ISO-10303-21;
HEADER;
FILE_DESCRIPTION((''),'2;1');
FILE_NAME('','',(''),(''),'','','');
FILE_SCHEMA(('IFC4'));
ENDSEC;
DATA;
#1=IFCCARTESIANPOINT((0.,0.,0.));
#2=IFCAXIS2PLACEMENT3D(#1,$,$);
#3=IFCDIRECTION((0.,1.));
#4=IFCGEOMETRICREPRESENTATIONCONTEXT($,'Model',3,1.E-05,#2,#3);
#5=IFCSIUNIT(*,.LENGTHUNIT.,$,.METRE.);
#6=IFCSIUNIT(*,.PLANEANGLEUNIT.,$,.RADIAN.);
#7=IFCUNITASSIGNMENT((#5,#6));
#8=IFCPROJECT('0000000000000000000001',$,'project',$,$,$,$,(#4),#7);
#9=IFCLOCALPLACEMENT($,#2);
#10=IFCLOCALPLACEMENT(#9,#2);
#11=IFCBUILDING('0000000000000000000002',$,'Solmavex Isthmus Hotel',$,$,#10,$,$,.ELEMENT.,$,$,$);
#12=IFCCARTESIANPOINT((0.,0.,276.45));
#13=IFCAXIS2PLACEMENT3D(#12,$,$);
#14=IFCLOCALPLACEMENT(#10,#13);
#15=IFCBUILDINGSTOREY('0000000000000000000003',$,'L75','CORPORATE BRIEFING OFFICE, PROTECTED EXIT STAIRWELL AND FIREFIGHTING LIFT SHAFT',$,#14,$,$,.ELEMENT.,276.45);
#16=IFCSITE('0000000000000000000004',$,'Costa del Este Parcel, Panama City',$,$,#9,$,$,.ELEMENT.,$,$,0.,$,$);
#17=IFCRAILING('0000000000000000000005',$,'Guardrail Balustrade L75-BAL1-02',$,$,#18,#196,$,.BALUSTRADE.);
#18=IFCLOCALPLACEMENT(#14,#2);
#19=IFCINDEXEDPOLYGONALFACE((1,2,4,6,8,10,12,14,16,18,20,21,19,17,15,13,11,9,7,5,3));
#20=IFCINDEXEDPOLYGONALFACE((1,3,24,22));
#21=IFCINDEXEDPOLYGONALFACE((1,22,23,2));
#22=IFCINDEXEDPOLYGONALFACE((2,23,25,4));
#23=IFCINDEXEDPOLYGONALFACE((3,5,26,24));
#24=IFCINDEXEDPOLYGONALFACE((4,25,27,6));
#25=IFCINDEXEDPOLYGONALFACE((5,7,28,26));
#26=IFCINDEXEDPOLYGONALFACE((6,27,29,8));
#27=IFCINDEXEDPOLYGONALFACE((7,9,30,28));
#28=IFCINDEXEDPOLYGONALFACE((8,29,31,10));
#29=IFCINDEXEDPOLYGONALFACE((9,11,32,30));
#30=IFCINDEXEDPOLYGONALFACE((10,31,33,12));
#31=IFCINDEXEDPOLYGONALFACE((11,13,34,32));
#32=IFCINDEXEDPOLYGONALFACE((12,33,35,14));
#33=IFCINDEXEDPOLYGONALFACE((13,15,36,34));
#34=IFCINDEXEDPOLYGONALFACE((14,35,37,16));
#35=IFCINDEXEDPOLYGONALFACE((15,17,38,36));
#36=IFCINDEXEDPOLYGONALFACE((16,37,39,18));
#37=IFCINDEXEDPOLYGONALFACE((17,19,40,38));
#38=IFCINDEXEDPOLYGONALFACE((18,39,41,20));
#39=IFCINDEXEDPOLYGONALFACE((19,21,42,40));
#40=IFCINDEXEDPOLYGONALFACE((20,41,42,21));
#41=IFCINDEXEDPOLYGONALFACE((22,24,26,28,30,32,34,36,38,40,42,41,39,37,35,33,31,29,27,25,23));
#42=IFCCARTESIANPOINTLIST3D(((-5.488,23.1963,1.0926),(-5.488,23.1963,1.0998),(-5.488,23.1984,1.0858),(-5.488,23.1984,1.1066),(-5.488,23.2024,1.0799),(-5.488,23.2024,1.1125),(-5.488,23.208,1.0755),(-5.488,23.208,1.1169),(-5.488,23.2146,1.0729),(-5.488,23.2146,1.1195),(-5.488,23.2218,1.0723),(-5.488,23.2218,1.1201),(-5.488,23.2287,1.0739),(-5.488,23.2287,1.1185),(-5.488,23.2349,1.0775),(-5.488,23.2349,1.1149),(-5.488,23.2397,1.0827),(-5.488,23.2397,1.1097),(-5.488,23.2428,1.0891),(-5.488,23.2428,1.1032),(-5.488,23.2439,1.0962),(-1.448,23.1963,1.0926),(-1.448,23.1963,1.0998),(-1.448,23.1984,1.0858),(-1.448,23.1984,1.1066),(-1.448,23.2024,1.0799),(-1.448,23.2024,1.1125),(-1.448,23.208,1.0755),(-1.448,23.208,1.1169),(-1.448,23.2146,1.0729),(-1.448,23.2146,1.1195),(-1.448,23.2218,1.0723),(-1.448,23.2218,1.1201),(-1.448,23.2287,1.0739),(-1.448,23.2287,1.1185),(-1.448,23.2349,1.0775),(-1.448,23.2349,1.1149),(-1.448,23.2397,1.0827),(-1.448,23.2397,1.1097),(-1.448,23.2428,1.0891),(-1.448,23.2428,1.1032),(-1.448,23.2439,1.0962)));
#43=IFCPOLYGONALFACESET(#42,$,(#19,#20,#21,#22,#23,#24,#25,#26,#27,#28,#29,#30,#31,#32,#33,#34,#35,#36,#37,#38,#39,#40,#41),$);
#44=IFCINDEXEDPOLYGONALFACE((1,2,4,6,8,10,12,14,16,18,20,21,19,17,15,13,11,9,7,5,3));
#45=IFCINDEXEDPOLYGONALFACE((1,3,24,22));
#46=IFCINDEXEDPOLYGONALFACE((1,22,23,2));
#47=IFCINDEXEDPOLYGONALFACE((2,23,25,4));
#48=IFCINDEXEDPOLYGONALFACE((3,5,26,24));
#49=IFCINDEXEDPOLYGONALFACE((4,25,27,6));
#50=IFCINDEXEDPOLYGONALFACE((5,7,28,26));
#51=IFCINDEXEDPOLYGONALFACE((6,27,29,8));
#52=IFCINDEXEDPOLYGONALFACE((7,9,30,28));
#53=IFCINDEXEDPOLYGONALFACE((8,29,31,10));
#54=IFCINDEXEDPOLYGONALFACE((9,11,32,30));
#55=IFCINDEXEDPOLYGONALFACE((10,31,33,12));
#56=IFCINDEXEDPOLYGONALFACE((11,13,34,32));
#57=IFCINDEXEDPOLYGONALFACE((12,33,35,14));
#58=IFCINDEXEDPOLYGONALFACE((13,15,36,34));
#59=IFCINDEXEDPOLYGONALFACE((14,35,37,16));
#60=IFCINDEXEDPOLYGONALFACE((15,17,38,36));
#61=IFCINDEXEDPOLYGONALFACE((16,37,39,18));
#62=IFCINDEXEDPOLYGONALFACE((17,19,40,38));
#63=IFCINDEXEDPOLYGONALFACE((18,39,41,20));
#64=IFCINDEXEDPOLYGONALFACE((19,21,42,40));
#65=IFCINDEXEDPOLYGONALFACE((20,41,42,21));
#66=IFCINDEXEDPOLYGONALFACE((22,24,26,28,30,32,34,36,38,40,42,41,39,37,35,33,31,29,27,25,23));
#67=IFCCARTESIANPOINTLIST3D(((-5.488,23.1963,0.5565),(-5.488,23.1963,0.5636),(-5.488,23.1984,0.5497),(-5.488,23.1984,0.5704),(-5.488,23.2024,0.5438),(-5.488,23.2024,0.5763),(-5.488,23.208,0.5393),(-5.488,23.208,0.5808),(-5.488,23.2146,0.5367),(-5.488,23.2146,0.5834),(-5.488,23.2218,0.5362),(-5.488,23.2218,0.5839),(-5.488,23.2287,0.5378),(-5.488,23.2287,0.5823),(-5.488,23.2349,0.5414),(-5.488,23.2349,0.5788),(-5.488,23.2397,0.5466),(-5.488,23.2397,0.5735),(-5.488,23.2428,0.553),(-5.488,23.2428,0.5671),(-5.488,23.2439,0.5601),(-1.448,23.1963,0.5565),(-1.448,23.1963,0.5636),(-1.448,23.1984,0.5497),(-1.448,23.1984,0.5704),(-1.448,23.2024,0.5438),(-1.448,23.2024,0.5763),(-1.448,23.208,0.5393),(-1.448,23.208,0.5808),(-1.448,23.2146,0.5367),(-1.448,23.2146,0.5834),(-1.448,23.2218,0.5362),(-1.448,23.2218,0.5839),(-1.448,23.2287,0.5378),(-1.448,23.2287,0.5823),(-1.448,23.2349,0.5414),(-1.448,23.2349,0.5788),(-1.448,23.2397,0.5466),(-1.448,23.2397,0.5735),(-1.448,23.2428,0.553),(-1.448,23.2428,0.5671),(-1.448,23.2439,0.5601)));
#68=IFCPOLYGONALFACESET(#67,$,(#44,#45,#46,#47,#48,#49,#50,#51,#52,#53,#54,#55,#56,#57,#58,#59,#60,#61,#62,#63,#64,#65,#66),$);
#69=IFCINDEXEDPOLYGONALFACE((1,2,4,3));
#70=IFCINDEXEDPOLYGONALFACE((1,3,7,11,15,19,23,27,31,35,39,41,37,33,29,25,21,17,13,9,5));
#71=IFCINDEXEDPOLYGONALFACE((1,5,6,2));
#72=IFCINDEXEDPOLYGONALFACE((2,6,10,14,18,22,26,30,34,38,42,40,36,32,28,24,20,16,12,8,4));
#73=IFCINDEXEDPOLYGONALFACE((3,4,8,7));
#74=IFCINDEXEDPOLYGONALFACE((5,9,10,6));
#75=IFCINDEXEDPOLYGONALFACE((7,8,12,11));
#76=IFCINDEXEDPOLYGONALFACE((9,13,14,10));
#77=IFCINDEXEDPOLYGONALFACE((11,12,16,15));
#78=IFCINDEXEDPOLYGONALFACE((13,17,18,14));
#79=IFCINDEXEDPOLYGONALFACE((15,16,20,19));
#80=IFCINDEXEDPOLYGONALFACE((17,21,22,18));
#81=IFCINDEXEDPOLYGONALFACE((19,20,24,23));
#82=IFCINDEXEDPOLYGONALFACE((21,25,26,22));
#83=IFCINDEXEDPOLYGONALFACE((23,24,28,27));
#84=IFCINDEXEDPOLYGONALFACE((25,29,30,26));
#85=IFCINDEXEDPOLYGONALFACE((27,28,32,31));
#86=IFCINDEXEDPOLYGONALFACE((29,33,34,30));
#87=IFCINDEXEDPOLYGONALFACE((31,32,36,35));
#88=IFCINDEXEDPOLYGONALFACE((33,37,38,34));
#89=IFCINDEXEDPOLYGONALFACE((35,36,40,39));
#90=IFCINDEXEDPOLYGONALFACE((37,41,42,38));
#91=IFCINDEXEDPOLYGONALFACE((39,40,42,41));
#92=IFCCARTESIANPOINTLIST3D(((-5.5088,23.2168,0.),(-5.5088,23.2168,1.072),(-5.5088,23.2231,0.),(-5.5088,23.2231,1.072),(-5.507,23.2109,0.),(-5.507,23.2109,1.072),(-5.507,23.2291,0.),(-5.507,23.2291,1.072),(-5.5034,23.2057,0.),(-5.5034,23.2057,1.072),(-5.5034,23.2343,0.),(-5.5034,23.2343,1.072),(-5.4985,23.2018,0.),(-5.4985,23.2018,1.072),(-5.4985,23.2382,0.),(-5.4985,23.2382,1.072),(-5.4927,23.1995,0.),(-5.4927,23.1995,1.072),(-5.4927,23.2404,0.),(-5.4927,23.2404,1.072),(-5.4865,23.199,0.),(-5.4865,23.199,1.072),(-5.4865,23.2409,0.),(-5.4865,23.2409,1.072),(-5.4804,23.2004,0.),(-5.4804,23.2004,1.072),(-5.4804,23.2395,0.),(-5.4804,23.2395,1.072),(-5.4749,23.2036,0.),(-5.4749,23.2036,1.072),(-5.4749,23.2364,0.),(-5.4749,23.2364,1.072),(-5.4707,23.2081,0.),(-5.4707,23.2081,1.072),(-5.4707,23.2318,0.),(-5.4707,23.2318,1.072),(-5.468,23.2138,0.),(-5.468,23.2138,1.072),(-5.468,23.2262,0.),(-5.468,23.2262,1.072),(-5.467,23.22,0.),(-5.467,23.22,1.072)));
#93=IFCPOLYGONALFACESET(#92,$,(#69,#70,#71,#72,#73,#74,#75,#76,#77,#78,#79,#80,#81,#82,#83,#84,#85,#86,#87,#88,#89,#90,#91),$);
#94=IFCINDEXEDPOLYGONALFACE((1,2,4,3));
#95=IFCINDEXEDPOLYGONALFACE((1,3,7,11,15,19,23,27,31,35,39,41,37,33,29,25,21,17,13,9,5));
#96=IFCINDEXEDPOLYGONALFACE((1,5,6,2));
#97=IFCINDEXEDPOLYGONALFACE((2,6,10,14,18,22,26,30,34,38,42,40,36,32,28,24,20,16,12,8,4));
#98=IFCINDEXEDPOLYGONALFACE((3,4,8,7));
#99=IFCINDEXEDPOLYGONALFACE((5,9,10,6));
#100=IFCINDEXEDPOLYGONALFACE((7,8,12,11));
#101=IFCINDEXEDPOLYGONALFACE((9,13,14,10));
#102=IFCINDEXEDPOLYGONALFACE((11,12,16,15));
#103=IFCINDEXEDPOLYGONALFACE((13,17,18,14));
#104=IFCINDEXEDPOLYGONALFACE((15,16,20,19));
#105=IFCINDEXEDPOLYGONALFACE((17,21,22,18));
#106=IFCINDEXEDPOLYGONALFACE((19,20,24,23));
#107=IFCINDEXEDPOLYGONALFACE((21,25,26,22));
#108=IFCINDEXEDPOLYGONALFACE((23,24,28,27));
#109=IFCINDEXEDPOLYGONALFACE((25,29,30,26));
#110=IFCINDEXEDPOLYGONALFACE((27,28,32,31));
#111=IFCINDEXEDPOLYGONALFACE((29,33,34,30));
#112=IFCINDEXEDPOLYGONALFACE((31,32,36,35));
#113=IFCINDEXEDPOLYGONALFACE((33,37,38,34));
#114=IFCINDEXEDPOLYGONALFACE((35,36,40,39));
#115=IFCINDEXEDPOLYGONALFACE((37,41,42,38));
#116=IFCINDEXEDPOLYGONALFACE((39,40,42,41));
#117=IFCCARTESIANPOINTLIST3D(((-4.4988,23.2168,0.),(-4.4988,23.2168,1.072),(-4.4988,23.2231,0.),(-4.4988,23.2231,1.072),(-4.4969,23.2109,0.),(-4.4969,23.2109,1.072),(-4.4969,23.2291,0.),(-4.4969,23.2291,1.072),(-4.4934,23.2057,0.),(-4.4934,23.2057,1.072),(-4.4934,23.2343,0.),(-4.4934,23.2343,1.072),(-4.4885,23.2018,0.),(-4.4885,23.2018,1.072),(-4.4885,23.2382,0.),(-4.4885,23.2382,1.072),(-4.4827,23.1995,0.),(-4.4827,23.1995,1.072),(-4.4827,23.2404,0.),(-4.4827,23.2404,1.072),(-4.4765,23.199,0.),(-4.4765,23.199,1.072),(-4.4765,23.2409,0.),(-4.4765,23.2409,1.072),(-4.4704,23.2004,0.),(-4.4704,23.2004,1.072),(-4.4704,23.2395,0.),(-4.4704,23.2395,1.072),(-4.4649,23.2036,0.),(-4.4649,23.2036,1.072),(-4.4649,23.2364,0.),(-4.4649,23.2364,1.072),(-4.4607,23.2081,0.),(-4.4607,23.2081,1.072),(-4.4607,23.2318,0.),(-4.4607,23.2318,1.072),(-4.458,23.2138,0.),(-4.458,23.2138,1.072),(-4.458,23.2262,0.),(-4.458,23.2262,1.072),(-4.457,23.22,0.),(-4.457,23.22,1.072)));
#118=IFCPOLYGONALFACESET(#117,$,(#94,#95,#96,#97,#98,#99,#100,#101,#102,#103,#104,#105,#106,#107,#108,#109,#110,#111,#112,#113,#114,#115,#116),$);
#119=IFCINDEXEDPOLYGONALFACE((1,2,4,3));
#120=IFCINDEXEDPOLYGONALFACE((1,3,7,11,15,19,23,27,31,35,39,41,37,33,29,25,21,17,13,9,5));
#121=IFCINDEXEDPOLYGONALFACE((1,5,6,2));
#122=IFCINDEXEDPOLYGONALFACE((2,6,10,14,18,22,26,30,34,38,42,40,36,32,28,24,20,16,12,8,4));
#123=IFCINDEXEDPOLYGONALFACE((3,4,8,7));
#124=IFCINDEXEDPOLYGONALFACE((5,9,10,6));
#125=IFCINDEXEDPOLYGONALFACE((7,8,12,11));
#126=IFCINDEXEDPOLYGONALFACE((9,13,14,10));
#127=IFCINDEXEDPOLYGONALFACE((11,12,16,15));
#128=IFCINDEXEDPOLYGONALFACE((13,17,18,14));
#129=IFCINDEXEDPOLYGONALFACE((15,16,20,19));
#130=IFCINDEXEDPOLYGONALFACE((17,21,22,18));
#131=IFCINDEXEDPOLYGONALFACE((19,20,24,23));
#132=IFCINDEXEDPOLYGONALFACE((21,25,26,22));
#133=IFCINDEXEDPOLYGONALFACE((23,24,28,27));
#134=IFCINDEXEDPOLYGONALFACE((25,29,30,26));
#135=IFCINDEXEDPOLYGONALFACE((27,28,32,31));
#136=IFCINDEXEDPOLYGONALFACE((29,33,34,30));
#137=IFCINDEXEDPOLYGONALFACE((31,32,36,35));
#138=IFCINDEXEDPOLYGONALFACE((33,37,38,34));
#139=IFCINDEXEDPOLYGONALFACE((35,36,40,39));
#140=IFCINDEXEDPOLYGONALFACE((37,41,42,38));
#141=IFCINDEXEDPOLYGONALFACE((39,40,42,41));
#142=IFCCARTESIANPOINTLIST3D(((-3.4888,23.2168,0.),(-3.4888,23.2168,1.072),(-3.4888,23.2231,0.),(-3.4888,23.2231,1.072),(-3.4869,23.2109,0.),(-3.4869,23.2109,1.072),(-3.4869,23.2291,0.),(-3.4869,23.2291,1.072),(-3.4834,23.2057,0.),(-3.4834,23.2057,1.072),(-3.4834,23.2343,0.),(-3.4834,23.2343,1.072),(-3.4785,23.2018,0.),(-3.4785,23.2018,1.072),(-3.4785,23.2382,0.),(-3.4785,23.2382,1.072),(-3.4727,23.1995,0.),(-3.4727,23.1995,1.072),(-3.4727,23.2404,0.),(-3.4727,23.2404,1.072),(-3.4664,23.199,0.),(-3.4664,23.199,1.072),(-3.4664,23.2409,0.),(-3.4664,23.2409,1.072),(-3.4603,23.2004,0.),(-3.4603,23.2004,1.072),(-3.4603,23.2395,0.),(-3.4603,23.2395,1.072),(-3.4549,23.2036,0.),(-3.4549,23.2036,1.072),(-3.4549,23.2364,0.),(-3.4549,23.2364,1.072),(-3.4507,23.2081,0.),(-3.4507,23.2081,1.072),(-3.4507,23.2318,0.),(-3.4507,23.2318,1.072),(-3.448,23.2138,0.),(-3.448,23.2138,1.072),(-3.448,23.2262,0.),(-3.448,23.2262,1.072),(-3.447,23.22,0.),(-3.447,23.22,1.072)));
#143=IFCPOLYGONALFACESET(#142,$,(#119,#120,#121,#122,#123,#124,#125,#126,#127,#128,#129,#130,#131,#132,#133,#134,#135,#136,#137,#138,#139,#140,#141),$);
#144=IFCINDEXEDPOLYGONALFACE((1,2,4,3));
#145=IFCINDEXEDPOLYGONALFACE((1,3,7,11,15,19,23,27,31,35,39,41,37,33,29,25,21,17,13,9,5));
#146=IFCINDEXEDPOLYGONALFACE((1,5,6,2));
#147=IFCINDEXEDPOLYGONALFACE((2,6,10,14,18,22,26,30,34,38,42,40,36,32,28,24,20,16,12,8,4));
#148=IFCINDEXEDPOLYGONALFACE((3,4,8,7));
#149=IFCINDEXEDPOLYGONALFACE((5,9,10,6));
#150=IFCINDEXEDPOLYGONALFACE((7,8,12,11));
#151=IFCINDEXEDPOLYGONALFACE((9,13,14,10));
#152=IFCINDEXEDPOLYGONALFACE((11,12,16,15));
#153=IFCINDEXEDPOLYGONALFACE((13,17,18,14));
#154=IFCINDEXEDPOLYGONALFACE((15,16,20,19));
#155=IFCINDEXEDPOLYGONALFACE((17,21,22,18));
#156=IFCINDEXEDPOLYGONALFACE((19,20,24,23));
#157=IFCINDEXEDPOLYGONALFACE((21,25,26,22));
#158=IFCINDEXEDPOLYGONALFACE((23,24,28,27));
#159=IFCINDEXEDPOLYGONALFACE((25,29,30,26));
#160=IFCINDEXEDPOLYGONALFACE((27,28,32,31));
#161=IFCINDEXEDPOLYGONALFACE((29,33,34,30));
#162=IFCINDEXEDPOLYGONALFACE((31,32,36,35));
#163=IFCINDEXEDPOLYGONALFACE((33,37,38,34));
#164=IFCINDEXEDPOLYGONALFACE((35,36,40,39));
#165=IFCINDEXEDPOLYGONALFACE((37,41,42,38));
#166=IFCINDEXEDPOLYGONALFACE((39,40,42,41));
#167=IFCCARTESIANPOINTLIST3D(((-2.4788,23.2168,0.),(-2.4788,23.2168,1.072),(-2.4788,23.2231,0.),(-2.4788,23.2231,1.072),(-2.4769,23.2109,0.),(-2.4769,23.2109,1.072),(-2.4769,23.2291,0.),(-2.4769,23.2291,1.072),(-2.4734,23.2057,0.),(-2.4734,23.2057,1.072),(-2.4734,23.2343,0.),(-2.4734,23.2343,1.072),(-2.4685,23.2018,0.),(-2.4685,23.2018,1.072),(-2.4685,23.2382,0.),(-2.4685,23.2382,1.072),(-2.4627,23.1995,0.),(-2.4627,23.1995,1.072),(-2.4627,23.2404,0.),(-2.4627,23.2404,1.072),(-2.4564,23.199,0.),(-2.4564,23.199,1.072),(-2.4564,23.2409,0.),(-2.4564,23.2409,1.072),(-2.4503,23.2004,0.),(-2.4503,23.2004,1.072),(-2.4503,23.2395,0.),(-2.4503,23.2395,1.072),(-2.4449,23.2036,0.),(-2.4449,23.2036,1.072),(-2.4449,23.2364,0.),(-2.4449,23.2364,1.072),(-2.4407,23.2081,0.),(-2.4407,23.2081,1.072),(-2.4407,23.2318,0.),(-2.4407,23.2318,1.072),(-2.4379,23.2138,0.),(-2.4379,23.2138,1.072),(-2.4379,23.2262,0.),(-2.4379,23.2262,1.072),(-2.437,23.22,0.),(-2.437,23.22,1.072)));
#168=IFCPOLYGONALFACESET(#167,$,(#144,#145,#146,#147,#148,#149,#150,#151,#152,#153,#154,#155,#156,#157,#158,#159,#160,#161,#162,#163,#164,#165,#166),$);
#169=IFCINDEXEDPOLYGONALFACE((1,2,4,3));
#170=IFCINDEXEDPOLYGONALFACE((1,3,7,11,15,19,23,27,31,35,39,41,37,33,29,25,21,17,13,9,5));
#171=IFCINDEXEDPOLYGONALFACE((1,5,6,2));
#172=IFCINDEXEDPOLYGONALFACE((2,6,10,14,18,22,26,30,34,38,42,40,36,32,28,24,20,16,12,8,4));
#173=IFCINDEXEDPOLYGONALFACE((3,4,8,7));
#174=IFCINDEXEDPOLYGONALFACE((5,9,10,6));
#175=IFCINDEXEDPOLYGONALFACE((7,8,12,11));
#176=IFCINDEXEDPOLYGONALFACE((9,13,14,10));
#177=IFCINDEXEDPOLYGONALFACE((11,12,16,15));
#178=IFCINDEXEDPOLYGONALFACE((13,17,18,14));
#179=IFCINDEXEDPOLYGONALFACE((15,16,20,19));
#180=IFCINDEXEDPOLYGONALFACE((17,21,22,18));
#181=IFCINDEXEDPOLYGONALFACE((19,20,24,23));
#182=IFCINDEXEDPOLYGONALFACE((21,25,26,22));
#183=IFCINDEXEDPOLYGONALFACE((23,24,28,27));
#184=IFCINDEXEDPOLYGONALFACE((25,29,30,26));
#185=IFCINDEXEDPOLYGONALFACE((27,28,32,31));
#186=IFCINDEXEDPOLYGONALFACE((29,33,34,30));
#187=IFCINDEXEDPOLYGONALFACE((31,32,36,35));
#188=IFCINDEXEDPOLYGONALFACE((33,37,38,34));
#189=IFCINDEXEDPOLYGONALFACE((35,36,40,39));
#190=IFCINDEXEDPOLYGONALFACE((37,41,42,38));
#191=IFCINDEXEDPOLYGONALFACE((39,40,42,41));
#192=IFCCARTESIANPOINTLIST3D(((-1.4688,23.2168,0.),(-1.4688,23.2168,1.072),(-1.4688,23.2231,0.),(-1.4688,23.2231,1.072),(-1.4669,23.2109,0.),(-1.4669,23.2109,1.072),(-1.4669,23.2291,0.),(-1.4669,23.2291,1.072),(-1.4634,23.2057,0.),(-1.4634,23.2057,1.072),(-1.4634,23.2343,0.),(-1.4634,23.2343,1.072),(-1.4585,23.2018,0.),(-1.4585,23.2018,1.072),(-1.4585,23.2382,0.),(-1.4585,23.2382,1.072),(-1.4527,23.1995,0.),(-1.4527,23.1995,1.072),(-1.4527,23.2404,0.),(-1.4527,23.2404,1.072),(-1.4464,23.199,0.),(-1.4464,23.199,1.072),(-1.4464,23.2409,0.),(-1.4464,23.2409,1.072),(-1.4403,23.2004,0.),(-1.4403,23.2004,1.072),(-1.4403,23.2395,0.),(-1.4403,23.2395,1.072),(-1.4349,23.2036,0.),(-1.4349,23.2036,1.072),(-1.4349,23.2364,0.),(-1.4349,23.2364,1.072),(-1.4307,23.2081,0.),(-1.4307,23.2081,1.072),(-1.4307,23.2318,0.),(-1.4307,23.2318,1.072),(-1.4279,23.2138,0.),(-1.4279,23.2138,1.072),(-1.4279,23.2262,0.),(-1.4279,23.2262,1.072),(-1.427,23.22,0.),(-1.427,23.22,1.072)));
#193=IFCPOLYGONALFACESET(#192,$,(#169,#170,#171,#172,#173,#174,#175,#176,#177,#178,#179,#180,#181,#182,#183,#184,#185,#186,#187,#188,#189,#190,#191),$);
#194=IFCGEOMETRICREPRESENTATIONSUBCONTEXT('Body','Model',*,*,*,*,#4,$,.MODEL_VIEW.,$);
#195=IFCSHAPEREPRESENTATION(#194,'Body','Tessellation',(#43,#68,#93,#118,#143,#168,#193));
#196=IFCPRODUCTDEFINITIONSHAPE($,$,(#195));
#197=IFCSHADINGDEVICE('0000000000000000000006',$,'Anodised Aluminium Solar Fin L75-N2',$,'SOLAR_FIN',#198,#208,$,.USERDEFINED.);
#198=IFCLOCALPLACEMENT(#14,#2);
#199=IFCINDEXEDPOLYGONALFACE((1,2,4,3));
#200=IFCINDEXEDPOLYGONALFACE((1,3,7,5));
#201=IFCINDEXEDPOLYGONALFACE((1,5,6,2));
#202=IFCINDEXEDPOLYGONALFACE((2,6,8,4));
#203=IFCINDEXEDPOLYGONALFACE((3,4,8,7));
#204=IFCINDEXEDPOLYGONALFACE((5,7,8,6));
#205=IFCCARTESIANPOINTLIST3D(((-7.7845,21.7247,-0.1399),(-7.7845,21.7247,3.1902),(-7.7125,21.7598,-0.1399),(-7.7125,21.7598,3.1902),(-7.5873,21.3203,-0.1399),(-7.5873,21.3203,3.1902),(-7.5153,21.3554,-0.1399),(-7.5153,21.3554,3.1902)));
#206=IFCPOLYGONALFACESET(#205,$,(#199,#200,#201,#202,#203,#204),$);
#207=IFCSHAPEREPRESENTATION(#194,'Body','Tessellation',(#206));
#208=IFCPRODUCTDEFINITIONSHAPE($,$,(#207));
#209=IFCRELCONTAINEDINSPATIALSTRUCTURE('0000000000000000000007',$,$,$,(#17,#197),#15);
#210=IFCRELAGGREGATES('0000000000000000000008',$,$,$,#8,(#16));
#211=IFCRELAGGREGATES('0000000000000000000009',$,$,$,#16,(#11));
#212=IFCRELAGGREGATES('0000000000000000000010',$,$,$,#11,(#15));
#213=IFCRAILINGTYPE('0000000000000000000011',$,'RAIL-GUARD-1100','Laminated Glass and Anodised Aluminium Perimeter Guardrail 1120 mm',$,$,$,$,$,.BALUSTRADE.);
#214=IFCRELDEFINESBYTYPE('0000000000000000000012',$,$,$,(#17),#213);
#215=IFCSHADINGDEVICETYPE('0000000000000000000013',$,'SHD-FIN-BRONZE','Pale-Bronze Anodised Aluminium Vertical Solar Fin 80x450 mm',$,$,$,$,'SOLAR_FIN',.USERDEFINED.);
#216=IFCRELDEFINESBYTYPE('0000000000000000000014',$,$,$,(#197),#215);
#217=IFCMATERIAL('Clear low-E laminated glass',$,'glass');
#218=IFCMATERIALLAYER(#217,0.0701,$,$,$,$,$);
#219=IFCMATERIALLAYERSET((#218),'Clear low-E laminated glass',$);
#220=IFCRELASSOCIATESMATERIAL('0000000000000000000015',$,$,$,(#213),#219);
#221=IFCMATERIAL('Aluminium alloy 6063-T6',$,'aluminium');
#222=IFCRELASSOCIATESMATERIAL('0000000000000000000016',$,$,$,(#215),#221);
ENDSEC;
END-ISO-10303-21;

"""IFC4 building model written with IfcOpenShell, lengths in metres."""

from ifc_helpers import new_model, si_unit, direction, frame, origin, origin_2d, place, context, subcontext, project, spatial, rectangle, circle, extrude, material, layer, layer_set, type_object, element, save


model = new_model("IFC4")

# Units and contexts
model_context = context("Model", 3, precision=1e-05, world=origin(), true_north=direction((0.0, 1.0)))
body_context = subcontext(model_context, "Body", "Model", "MODEL_VIEW")
ifc_project = project(units=[si_unit("LENGTHUNIT", "METRE"), si_unit("PLANEANGLEUNIT", "RADIAN")], contexts=[model_context])

# Site, building, storey
site_placement = place(None, origin())
site = spatial("IfcSite", under=ifc_project, at=site_placement, Name="Costa del Este Parcel, Panama City", CompositionType="ELEMENT", RefElevation=0.0)
building_placement = place(site_placement, origin())
building = spatial("IfcBuilding", under=site, at=building_placement, Name="Solmavex Isthmus Hotel", CompositionType="ELEMENT")
storey_placement = place(building_placement, frame((0.0, 0.0, 276.45)))
storey = spatial("IfcBuildingStorey", under=building, at=storey_placement, Name="L75", Description="CORPORATE BRIEFING OFFICE, PROTECTED EXIT STAIRWELL AND FIREFIGHTING LIFT SHAFT", CompositionType="ELEMENT", Elevation=276.45)

# Shared definitions
ifc_material_1 = material(Name="Aluminium alloy 6063-T6", Category="aluminium")

# Shared definitions
ifc_material_2 = material(Name="Clear low-E laminated glass", Category="glass")

# Railing
ifc_layer_1 = layer(ifc_material_2, 0.0701)
ifc_layer_set_1 = layer_set([ifc_layer_1], Name="Clear low-E laminated glass")
railing_type = type_object("IfcRailingType", Name="RAIL-GUARD-1100", Description="Laminated Glass and Anodised Aluminium Perimeter Guardrail 1120 mm", PredefinedType="BALUSTRADE", material=ifc_layer_set_1)
railing_1_placement = place(storey_placement, frame((-5.488, 23.22, 0.0)))
element("IfcRailing", 1, at=railing_1_placement, inside=storey, type_object=railing_type, Name="Guardrail Balustrade L75-BAL1-02", PredefinedType="BALUSTRADE", context=body_context, shape_type="SweptSolid", body=[
    extrude(circle(Radius=0.0239, at=origin_2d()), frame((0.0, 0.0, 1.0962), z_axis=(1.0, 0.0, 0.0), x_axis=(0.0, 1.0, 0.0)), (0.0, 0.0, 1.0), 4.04),
    extrude(circle(Radius=0.0239, at=origin_2d()), frame((0.0, 0.0, 0.5601), z_axis=(1.0, 0.0, 0.0), x_axis=(0.0, 1.0, 0.0)), (0.0, 0.0, 1.0), 4.04),
    extrude(circle(Radius=0.021, at=origin_2d()), origin(), (0.0, 0.0, 1.0), 1.072),
    extrude(circle(Radius=0.021, at=origin_2d()), frame((1.01, 0.0, 0.0)), (0.0, 0.0, 1.0), 1.072),
    extrude(circle(Radius=0.021, at=origin_2d()), frame((2.02, 0.0, 0.0)), (0.0, 0.0, 1.0), 1.072),
    extrude(circle(Radius=0.021, at=origin_2d()), frame((3.03, 0.0, 0.0)), (0.0, 0.0, 1.0), 1.072),
    extrude(circle(Radius=0.021, at=origin_2d()), frame((4.04, 0.0, 0.0)), (0.0, 0.0, 1.0), 1.072),
])

# Shading device
shading_device_type = type_object("IfcShadingDeviceType", Name="SHD-FIN-BRONZE", Description="Pale-Bronze Anodised Aluminium Vertical Solar Fin 80x450 mm", ElementType="SOLAR_FIN", PredefinedType="USERDEFINED", material=ifc_material_1)
shading_device_placement = place(storey_placement, frame((-7.6499, 21.54, -0.1399), z_axis=(0.0, 0.0, 1.0), x_axis=(-0.438371, 0.898794, 0.0)))
element("IfcShadingDevice", 2, at=shading_device_placement, inside=storey, type_object=shading_device_type, Name="Anodised Aluminium Solar Fin L75-N2", ObjectType="SOLAR_FIN", PredefinedType="USERDEFINED", context=body_context, shape_type="SweptSolid", body=[
    extrude(rectangle(XDim=0.45, YDim=0.0801, at=origin_2d()), origin(), (0.0, 0.0, 1.0), 3.3301),
])

save(model, "model.ifc")
